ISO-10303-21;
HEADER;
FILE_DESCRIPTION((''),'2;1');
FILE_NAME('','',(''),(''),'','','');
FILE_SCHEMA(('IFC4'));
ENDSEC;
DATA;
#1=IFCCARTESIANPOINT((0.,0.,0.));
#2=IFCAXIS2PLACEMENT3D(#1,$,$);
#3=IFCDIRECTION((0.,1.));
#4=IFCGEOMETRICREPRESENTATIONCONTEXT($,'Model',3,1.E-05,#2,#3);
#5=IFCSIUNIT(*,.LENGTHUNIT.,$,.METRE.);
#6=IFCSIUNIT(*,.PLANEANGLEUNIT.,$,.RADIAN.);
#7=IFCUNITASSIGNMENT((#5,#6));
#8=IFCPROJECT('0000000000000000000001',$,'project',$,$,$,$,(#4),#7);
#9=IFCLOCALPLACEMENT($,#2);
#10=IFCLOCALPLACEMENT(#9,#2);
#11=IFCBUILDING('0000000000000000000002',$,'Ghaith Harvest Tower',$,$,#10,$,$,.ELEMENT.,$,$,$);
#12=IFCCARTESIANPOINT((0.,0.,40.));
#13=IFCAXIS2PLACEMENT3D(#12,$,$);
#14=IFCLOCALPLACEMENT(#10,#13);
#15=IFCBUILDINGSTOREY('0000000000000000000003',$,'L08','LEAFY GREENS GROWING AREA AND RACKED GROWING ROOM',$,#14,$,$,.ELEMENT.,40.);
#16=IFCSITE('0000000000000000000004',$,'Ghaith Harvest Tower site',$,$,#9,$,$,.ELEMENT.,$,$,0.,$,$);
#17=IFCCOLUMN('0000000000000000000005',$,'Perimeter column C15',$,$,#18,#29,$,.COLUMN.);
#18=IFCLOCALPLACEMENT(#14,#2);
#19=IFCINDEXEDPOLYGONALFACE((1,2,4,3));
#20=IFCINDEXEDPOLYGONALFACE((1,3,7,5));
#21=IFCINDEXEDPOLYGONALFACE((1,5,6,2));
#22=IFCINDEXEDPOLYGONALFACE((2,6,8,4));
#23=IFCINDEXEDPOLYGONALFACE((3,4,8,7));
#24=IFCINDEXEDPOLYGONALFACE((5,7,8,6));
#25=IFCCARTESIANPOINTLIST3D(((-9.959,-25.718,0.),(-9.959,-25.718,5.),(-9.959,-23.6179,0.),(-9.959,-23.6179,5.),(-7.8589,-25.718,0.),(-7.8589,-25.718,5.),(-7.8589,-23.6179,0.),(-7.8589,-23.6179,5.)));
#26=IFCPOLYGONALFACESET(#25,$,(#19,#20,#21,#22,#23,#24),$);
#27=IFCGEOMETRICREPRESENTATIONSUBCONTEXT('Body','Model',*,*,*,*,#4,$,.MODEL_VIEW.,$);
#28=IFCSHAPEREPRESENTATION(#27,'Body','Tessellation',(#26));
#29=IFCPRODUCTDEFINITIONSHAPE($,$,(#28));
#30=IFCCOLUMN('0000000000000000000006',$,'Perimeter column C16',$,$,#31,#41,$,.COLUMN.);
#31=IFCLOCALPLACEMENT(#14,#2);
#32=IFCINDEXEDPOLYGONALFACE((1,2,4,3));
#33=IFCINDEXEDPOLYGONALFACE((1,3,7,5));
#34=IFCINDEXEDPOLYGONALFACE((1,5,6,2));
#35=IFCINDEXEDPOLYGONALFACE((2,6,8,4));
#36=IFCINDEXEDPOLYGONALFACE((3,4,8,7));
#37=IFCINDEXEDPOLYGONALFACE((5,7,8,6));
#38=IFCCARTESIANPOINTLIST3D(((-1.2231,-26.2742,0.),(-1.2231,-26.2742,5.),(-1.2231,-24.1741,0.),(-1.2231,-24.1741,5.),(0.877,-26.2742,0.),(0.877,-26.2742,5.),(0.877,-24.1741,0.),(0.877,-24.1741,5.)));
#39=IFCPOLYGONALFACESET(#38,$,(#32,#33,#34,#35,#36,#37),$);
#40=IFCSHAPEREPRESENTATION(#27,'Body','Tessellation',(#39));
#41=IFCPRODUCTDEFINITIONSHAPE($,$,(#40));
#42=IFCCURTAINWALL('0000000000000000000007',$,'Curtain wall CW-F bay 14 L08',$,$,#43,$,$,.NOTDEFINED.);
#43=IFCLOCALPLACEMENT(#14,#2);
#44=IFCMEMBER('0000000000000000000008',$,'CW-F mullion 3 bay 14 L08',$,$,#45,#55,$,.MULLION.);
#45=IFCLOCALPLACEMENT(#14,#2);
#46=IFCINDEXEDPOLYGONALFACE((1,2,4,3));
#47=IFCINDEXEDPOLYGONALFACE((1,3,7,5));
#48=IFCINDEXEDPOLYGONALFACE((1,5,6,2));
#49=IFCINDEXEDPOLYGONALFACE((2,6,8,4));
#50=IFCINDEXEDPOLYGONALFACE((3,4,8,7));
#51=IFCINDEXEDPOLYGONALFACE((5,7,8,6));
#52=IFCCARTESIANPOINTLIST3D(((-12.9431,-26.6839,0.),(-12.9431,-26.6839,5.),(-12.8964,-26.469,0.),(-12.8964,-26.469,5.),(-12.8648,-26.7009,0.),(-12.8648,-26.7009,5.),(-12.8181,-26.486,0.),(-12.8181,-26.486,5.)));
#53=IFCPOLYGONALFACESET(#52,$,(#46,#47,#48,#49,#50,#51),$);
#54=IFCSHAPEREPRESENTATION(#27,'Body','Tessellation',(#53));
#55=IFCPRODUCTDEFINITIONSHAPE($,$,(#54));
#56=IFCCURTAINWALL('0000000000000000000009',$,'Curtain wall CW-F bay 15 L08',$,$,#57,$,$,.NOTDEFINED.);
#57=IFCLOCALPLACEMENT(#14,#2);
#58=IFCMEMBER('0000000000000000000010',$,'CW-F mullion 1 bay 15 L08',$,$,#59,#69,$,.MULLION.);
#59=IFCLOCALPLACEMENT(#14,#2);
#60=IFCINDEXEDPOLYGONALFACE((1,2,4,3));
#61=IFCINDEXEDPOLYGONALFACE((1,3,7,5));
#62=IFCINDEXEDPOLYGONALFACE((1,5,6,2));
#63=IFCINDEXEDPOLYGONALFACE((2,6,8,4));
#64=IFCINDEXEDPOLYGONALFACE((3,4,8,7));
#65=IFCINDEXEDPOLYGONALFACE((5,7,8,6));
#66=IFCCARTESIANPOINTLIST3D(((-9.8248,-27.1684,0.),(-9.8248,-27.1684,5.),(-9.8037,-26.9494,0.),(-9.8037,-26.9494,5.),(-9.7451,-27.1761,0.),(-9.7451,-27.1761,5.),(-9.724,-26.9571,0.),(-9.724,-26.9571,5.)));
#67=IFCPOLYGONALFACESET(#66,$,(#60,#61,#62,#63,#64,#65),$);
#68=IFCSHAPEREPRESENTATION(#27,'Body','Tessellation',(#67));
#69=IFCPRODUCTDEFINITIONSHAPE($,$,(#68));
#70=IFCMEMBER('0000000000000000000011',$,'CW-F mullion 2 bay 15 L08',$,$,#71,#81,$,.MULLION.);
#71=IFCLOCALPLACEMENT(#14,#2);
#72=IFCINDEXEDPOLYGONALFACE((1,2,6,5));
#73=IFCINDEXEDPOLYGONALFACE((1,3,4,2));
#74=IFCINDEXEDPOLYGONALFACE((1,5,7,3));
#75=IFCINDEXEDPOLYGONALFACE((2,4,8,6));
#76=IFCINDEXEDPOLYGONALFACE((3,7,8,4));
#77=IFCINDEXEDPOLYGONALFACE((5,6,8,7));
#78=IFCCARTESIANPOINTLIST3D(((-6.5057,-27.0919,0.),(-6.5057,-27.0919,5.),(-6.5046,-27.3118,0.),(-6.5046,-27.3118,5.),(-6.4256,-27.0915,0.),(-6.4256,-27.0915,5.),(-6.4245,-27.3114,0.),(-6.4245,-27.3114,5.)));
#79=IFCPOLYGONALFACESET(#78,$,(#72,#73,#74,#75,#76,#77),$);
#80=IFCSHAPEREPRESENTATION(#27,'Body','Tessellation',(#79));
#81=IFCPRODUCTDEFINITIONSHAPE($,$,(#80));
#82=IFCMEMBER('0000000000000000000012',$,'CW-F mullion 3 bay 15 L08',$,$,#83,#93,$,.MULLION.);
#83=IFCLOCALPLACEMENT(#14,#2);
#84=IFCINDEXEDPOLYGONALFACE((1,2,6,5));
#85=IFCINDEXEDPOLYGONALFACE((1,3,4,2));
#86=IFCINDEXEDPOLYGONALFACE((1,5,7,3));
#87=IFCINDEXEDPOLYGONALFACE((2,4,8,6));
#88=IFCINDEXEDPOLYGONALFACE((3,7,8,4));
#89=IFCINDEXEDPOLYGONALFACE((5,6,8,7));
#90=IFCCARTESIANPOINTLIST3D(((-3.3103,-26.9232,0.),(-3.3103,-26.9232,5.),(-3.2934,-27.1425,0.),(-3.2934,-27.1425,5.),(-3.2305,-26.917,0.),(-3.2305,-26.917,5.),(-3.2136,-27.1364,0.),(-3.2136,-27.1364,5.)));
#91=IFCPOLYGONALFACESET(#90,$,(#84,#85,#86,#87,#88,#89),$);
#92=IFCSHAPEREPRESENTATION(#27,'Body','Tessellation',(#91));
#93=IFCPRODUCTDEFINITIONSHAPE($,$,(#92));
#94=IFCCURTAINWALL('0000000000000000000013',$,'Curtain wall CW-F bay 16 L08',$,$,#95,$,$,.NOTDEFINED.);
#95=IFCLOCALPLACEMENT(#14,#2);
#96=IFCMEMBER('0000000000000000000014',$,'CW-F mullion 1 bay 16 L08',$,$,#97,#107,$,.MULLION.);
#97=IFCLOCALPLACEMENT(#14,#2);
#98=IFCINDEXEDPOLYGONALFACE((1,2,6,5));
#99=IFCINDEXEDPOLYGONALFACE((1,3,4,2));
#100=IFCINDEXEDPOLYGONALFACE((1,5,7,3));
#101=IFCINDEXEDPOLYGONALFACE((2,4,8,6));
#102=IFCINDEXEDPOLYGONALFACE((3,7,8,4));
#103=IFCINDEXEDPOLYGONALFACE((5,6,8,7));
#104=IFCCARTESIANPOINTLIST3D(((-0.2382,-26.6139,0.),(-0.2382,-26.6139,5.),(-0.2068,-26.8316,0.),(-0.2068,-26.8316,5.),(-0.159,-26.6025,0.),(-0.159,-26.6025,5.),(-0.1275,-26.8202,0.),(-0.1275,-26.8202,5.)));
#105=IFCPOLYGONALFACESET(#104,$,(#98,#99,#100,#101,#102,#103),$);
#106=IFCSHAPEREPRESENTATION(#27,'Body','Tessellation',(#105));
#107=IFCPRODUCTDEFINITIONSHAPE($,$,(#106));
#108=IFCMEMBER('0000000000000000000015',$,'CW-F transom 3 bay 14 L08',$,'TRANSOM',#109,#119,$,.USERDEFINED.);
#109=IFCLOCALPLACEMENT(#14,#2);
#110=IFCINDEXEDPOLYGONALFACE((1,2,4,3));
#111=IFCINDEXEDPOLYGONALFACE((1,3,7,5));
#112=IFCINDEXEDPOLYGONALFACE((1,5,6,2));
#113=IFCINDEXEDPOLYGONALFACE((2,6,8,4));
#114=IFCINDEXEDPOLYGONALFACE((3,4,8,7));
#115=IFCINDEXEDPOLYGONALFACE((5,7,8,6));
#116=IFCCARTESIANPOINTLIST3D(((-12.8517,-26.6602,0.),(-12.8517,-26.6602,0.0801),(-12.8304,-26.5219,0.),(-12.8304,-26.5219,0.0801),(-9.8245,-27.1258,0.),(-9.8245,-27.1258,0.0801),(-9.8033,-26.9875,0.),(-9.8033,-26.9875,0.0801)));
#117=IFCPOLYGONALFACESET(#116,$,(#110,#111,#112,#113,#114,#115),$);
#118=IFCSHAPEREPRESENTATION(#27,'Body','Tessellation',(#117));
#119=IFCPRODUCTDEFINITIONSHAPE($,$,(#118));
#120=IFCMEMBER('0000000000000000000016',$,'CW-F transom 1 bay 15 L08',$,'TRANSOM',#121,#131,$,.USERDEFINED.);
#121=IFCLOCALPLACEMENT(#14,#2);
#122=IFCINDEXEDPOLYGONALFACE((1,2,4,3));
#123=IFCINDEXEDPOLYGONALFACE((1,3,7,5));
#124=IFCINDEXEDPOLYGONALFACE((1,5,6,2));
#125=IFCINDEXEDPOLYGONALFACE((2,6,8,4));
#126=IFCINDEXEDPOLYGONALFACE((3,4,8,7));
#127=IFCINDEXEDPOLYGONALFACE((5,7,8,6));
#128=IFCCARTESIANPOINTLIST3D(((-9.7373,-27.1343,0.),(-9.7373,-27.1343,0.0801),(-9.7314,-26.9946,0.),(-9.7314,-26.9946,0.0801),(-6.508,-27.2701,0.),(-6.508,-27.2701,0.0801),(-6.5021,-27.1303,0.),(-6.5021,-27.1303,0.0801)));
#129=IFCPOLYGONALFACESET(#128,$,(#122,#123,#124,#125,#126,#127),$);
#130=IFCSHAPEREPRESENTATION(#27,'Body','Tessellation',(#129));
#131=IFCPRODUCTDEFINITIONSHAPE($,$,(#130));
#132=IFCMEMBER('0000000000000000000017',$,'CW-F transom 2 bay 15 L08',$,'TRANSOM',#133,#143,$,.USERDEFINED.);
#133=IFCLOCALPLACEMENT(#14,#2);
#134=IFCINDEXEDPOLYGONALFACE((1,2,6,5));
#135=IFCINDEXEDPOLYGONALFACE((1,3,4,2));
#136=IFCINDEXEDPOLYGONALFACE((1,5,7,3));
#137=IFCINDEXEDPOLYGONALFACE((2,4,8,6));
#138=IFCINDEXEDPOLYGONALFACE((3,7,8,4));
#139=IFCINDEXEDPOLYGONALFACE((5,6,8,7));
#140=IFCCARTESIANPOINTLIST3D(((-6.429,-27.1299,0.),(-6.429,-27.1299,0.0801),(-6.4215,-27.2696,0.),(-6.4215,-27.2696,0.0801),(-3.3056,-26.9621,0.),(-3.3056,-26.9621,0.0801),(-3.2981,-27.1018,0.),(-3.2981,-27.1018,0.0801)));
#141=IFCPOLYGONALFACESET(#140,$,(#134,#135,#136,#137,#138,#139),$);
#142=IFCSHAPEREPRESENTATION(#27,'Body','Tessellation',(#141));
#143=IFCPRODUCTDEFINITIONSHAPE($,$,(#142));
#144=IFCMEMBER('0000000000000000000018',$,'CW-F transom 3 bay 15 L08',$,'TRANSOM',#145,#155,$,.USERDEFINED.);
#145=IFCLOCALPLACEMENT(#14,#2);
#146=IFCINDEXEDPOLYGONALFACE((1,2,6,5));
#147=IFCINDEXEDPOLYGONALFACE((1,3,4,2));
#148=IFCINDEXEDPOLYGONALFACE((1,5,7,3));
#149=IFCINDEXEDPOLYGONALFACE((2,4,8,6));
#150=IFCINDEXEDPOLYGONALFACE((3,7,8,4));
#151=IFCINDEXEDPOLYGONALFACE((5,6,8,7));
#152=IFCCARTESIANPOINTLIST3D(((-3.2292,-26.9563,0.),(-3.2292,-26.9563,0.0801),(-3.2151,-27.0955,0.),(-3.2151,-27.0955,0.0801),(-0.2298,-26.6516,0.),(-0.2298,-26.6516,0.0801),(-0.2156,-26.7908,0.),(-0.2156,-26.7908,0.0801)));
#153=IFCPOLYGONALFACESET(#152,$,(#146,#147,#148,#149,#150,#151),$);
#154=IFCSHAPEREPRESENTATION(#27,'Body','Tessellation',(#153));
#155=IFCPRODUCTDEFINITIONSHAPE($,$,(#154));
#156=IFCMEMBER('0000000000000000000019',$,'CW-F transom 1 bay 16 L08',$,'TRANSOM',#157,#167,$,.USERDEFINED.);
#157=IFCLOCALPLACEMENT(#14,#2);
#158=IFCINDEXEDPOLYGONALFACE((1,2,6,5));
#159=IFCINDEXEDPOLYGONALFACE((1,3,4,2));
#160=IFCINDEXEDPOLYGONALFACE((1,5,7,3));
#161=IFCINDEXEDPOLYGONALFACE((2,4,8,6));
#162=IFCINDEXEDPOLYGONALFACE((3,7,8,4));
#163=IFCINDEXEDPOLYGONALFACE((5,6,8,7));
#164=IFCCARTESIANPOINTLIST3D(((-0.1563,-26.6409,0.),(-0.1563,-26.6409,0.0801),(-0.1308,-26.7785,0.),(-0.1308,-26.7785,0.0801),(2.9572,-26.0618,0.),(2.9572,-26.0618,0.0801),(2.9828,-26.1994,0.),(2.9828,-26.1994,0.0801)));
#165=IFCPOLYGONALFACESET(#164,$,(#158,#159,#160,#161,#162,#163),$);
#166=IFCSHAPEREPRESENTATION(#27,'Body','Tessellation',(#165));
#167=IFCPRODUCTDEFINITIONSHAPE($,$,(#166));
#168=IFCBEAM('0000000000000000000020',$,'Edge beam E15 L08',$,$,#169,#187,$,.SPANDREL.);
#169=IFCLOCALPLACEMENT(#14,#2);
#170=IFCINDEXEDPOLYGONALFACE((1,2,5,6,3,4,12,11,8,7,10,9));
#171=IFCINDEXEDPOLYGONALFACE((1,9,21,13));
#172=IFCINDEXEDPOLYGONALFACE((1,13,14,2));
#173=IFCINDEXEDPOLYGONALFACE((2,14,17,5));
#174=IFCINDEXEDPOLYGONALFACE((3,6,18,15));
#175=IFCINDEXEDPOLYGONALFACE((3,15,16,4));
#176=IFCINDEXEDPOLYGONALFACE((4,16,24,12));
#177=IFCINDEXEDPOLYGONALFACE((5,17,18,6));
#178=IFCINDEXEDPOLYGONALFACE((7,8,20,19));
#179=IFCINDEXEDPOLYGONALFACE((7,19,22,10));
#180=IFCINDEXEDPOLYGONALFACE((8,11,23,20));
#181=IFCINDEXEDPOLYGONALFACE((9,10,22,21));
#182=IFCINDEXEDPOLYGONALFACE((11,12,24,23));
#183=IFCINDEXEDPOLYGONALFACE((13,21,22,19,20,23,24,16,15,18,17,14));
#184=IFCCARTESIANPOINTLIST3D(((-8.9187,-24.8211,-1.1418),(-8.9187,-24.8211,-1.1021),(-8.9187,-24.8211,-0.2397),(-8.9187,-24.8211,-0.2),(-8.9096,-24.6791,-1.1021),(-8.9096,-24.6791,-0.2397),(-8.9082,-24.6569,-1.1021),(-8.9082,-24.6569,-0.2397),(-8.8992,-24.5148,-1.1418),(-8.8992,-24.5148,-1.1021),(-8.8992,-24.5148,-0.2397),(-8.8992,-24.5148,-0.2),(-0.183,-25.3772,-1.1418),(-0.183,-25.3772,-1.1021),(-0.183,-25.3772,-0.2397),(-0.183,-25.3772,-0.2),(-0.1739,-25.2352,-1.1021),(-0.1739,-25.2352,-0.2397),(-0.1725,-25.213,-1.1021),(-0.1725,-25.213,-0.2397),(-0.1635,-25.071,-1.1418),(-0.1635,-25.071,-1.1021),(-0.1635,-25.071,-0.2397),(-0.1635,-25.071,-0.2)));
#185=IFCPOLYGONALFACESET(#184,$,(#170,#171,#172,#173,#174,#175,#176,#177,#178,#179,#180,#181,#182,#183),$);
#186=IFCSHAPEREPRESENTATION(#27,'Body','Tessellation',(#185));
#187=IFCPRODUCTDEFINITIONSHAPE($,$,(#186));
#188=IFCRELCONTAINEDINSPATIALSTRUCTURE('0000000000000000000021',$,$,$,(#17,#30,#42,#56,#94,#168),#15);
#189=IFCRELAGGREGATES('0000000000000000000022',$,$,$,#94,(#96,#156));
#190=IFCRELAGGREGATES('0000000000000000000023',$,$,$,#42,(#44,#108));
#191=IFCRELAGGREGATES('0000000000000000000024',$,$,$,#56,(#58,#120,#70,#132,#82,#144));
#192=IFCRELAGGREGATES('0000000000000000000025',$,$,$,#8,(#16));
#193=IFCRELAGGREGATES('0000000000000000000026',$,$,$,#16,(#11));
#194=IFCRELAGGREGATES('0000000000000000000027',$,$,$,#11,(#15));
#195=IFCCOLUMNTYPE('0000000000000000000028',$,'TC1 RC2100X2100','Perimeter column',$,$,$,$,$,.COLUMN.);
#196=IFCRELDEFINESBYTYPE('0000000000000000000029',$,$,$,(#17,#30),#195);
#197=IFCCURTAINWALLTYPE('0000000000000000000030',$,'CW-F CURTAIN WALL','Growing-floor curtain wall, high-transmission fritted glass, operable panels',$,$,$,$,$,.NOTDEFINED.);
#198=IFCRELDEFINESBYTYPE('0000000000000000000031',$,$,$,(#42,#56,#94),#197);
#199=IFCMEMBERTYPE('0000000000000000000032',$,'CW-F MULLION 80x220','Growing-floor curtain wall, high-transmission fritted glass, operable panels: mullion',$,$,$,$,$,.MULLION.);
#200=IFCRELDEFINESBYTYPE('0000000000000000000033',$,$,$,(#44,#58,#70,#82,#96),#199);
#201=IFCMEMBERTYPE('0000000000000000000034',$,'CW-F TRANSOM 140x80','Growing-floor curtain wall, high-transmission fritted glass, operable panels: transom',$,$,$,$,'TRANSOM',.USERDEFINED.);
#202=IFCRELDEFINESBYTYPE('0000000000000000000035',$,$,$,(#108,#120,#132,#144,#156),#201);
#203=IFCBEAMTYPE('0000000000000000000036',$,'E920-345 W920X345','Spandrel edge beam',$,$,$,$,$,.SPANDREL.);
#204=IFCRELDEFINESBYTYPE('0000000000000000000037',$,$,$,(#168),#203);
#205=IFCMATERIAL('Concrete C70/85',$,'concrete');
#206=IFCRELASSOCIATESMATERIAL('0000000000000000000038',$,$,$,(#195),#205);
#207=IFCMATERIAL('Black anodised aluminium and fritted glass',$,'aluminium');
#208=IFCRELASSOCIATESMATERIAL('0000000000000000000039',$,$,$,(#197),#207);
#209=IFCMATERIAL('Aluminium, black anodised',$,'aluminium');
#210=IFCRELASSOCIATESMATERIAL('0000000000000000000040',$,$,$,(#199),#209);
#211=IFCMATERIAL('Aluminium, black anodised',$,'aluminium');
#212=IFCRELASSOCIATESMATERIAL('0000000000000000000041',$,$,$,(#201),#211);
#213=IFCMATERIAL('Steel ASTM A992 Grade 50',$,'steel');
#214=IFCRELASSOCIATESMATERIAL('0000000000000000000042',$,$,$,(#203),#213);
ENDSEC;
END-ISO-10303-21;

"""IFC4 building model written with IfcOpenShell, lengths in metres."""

from ifc_helpers import new_model, si_unit, direction, frame, origin, origin_2d, place, context, subcontext, project, spatial, rectangle, i_section, extrude, material, material_profile, profile_set, type_object, element, aggregate, save


model = new_model("IFC4")

# Units and contexts
model_context = context("Model", 3, precision=1e-05, world=origin(), true_north=direction((0.0, 1.0)))
body_context = subcontext(model_context, "Body", "Model", "MODEL_VIEW")
ifc_project = project(units=[si_unit("LENGTHUNIT", "METRE"), si_unit("PLANEANGLEUNIT", "RADIAN")], contexts=[model_context])

# Site, building, storey
site_placement = place(None, origin())
site = spatial("IfcSite", under=ifc_project, at=site_placement, Name="Ghaith Harvest Tower site", CompositionType="ELEMENT", RefElevation=0.0)
building_placement = place(site_placement, origin())
building = spatial("IfcBuilding", under=site, at=building_placement, Name="Ghaith Harvest Tower", CompositionType="ELEMENT")
storey_placement = place(building_placement, frame((0.0, 0.0, 40.0)))
storey = spatial("IfcBuildingStorey", under=building, at=storey_placement, Name="L08", Description="LEAFY GREENS GROWING AREA AND RACKED GROWING ROOM", CompositionType="ELEMENT", Elevation=40.0)

# Columns
ifc_material_1 = material(Name="Concrete C70/85", Category="concrete")
ifc_material_profile_1 = material_profile(ifc_material_1, rectangle(XDim=2.1001, YDim=2.1001, at=origin_2d()), Name="RC2100X2100")
ifc_profile_set_1 = profile_set([ifc_material_profile_1], Name="Concrete C70/85")
column_type = type_object("IfcColumnType", Name="TC1 RC2100X2100", Description="Perimeter column", PredefinedType="COLUMN", material=ifc_profile_set_1)
for number, where, z_axis, x_axis, name in (
    (1, (-8.9089, -24.668, 0.0), (0.0, 0.0, 1.0), (1.0, 0.0, 0.0), "Perimeter column C15"),
    (2, (-0.1731, -25.2241, 0.0), (0.0, 0.0, 1.0), (1.0, 0.0, 0.0), "Perimeter column C16"),
):
    element("IfcColumn", number, at=place(storey_placement, frame(where, z_axis=z_axis, x_axis=x_axis)), inside=storey, type_object=column_type, Name=name, PredefinedType="COLUMN", context=body_context, shape_type="SweptSolid", body=[
        extrude(rectangle(XDim=2.1001, YDim=2.1001, at=origin_2d()), origin(), (0.0, 0.0, 1.0), 5.0),
    ])

# Curtain wall, member
ifc_material_2 = material(Name="Black anodised aluminium and fritted glass", Category="aluminium")
curtain_wall_type = type_object("IfcCurtainWallType", Name="CW-F CURTAIN WALL", Description="Growing-floor curtain wall, high-transmission fritted glass, operable panels", PredefinedType="NOTDEFINED", material=ifc_material_2)
curtain_wall_1_placement = place(storey_placement, origin())
curtain_wall_1 = element("IfcCurtainWall", 3, at=curtain_wall_1_placement, inside=storey, type_object=curtain_wall_type, Name="Curtain wall CW-F bay 14 L08", PredefinedType="NOTDEFINED")
ifc_material_3 = material(Name="Aluminium, black anodised", Category="aluminium")
ifc_material_profile_2 = material_profile(ifc_material_3, rectangle(XDim=0.0801, YDim=0.22, at=origin_2d()), Name="CW-F MULLION 80x220")
ifc_profile_set_2 = profile_set([ifc_material_profile_2], Name="Aluminium, black anodised")
member_type_1 = type_object("IfcMemberType", Name="CW-F MULLION 80x220", Description="Growing-floor curtain wall, high-transmission fritted glass, operable panels: mullion", PredefinedType="MULLION", material=ifc_profile_set_2)
member_1_placement = place(storey_placement, frame((-12.8806, -26.585, 0.0), z_axis=(0.0, 0.0, 1.0), x_axis=(0.977207, -0.212289, 0.0)))
member_1 = element("IfcMember", 4, at=member_1_placement, type_object=member_type_1, Name="CW-F mullion 3 bay 14 L08", PredefinedType="MULLION", context=body_context, shape_type="SweptSolid", body=[
    extrude(rectangle(XDim=0.0801, YDim=0.22, at=origin_2d()), origin(), (0.0, 0.0, 1.0), 5.0),
])

# Curtain wall, members
curtain_wall_2_placement = place(storey_placement, origin())
curtain_wall_2 = element("IfcCurtainWall", 5, at=curtain_wall_2_placement, inside=storey, type_object=curtain_wall_type, Name="Curtain wall CW-F bay 15 L08", PredefinedType="NOTDEFINED")
member_2_placement = place(storey_placement, frame((-9.7744, -27.0627, 0.0), z_axis=(0.0, 0.0, 1.0), x_axis=(0.995408, -0.095718, 0.0)))
member_2 = element("IfcMember", 6, at=member_2_placement, type_object=member_type_1, Name="CW-F mullion 1 bay 15 L08", PredefinedType="MULLION", context=body_context, shape_type="SweptSolid", body=[
    extrude(rectangle(XDim=0.0801, YDim=0.22, at=origin_2d()), origin(), (0.0, 0.0, 1.0), 5.0),
])
member_3_placement = place(storey_placement, frame((-6.4651, -27.2017, 0.0), z_axis=(0.0, 0.0, 1.0), x_axis=(0.999987, 0.005058, 0.0)))
member_3 = element("IfcMember", 7, at=member_3_placement, type_object=member_type_1, Name="CW-F mullion 2 bay 15 L08", PredefinedType="MULLION", context=body_context, shape_type="SweptSolid", body=[
    extrude(rectangle(XDim=0.0801, YDim=0.22, at=origin_2d()), origin(), (0.0, 0.0, 1.0), 5.0),
])
member_4_placement = place(storey_placement, frame((-3.262, -27.0298, 0.0), z_axis=(0.0, 0.0, 1.0), x_axis=(0.997038, 0.076917, 0.0)))
member_4 = element("IfcMember", 8, at=member_4_placement, type_object=member_type_1, Name="CW-F mullion 3 bay 15 L08", PredefinedType="MULLION", context=body_context, shape_type="SweptSolid", body=[
    extrude(rectangle(XDim=0.0801, YDim=0.22, at=origin_2d()), origin(), (0.0, 0.0, 1.0), 5.0),
])

# Curtain wall, member
curtain_wall_3_placement = place(storey_placement, origin())
curtain_wall_3 = element("IfcCurtainWall", 9, at=curtain_wall_3_placement, inside=storey, type_object=curtain_wall_type, Name="Curtain wall CW-F bay 16 L08", PredefinedType="NOTDEFINED")
member_5_placement = place(storey_placement, frame((-0.1829, -26.717, 0.0), z_axis=(0.0, 0.0, 1.0), x_axis=(0.989712, 0.143075, 0.0)))
member_5 = element("IfcMember", 10, at=member_5_placement, type_object=member_type_1, Name="CW-F mullion 1 bay 16 L08", PredefinedType="MULLION", context=body_context, shape_type="SweptSolid", body=[
    extrude(rectangle(XDim=0.0801, YDim=0.22, at=origin_2d()), origin(), (0.0, 0.0, 1.0), 5.0),
])

# Members
ifc_material_4 = material(Name="Aluminium, black anodised", Category="aluminium")
ifc_material_profile_3 = material_profile(ifc_material_4, rectangle(XDim=0.1399, YDim=0.0801, at=origin_2d()), Name="CW-F TRANSOM 140x80")
ifc_profile_set_3 = profile_set([ifc_material_profile_3], Name="Aluminium, black anodised")
member_type_2 = type_object("IfcMemberType", Name="CW-F TRANSOM 140x80", Description="Growing-floor curtain wall, high-transmission fritted glass, operable panels: transom", ElementType="TRANSOM", PredefinedType="USERDEFINED", material=ifc_profile_set_3)
member_6_placement = place(storey_placement, frame((-12.8411, -26.5911, 0.04), z_axis=(0.988378, -0.152015, 0.0), x_axis=(0.152015, 0.988378, 0.0)))
member_6 = element("IfcMember", 11, at=member_6_placement, type_object=member_type_2, Name="CW-F transom 3 bay 14 L08", ObjectType="TRANSOM", PredefinedType="USERDEFINED", context=body_context, shape_type="SweptSolid", body=[
    extrude(rectangle(XDim=0.1399, YDim=0.0801, at=origin_2d()), origin(), (0.0, 0.0, 1.0), 3.0627),
])
member_7_placement = place(storey_placement, frame((-9.7344, -27.0645, 0.04), z_axis=(0.999118, -0.041998, 0.0), x_axis=(0.041998, 0.999118, 0.0)))
member_7 = element("IfcMember", 12, at=member_7_placement, type_object=member_type_2, Name="CW-F transom 1 bay 15 L08", ObjectType="TRANSOM", PredefinedType="USERDEFINED", context=body_context, shape_type="SweptSolid", body=[
    extrude(rectangle(XDim=0.1399, YDim=0.0801, at=origin_2d()), origin(), (0.0, 0.0, 1.0), 3.2322),
])
member_8_placement = place(storey_placement, frame((-6.4253, -27.1997, 0.04), z_axis=(0.998561, 0.05362, 0.0), x_axis=(-0.05362, 0.998561, 0.0)))
member_8 = element("IfcMember", 13, at=member_8_placement, type_object=member_type_2, Name="CW-F transom 2 bay 15 L08", ObjectType="TRANSOM", PredefinedType="USERDEFINED", context=body_context, shape_type="SweptSolid", body=[
    extrude(rectangle(XDim=0.1399, YDim=0.0801, at=origin_2d()), origin(), (0.0, 0.0, 1.0), 3.1279),
])
member_9_placement = place(storey_placement, frame((-3.2222, -27.0259, 0.04), z_axis=(0.99488, 0.101059, 0.0), x_axis=(-0.101059, 0.99488, 0.0)))
member_9 = element("IfcMember", 14, at=member_9_placement, type_object=member_type_2, Name="CW-F transom 3 bay 15 L08", ObjectType="TRANSOM", PredefinedType="USERDEFINED", context=body_context, shape_type="SweptSolid", body=[
    extrude(rectangle(XDim=0.1399, YDim=0.0801, at=origin_2d()), origin(), (0.0, 0.0, 1.0), 3.0149),
])
member_10_placement = place(storey_placement, frame((-0.1436, -26.7097, 0.04), z_axis=(0.983139, 0.182859, 0.0), x_axis=(-0.182859, 0.983139, 0.0)))
member_10 = element("IfcMember", 15, at=member_10_placement, type_object=member_type_2, Name="CW-F transom 1 bay 16 L08", ObjectType="TRANSOM", PredefinedType="USERDEFINED", context=body_context, shape_type="SweptSolid", body=[
    extrude(rectangle(XDim=0.1399, YDim=0.0801, at=origin_2d()), origin(), (0.0, 0.0, 1.0), 3.167),
])
aggregate(curtain_wall_3, [member_5, member_10])

# Beam
ifc_material_5 = material(Name="Steel ASTM A992 Grade 50", Category="steel")
ifc_material_profile_4 = material_profile(ifc_material_5, i_section(OverallWidth=0.3069, OverallDepth=0.9419, WebThickness=0.0222, FlangeThickness=0.0398, at=origin_2d()), Name="W920X345")
ifc_profile_set_4 = profile_set([ifc_material_profile_4], Name="Steel ASTM A992 Grade 50")
beam_type_1 = type_object("IfcBeamType", Name="E920-345 W920X345", Description="Spandrel edge beam", PredefinedType="SPANDREL", material=ifc_profile_set_4)
beam_1_placement = place(storey_placement, frame((-8.9089, -24.668, -0.6709), z_axis=(0.99798, -0.063535, 0.0), x_axis=(0.063535, 0.99798, 0.0)))
element("IfcBeam", 16, at=beam_1_placement, inside=storey, type_object=beam_type_1, Name="Edge beam E15 L08", PredefinedType="SPANDREL", context=body_context, shape_type="SweptSolid", body=[
    extrude(i_section(OverallWidth=0.3069, OverallDepth=0.9419, WebThickness=0.0222, FlangeThickness=0.0398, at=origin_2d()), origin(), (0.0, 0.0, 1.0), 8.7534),
])

aggregate(curtain_wall_1, [member_1, member_6])
aggregate(curtain_wall_2, [member_2, member_7, member_3, member_8, member_4, member_9])

save(model, "model.ifc")
